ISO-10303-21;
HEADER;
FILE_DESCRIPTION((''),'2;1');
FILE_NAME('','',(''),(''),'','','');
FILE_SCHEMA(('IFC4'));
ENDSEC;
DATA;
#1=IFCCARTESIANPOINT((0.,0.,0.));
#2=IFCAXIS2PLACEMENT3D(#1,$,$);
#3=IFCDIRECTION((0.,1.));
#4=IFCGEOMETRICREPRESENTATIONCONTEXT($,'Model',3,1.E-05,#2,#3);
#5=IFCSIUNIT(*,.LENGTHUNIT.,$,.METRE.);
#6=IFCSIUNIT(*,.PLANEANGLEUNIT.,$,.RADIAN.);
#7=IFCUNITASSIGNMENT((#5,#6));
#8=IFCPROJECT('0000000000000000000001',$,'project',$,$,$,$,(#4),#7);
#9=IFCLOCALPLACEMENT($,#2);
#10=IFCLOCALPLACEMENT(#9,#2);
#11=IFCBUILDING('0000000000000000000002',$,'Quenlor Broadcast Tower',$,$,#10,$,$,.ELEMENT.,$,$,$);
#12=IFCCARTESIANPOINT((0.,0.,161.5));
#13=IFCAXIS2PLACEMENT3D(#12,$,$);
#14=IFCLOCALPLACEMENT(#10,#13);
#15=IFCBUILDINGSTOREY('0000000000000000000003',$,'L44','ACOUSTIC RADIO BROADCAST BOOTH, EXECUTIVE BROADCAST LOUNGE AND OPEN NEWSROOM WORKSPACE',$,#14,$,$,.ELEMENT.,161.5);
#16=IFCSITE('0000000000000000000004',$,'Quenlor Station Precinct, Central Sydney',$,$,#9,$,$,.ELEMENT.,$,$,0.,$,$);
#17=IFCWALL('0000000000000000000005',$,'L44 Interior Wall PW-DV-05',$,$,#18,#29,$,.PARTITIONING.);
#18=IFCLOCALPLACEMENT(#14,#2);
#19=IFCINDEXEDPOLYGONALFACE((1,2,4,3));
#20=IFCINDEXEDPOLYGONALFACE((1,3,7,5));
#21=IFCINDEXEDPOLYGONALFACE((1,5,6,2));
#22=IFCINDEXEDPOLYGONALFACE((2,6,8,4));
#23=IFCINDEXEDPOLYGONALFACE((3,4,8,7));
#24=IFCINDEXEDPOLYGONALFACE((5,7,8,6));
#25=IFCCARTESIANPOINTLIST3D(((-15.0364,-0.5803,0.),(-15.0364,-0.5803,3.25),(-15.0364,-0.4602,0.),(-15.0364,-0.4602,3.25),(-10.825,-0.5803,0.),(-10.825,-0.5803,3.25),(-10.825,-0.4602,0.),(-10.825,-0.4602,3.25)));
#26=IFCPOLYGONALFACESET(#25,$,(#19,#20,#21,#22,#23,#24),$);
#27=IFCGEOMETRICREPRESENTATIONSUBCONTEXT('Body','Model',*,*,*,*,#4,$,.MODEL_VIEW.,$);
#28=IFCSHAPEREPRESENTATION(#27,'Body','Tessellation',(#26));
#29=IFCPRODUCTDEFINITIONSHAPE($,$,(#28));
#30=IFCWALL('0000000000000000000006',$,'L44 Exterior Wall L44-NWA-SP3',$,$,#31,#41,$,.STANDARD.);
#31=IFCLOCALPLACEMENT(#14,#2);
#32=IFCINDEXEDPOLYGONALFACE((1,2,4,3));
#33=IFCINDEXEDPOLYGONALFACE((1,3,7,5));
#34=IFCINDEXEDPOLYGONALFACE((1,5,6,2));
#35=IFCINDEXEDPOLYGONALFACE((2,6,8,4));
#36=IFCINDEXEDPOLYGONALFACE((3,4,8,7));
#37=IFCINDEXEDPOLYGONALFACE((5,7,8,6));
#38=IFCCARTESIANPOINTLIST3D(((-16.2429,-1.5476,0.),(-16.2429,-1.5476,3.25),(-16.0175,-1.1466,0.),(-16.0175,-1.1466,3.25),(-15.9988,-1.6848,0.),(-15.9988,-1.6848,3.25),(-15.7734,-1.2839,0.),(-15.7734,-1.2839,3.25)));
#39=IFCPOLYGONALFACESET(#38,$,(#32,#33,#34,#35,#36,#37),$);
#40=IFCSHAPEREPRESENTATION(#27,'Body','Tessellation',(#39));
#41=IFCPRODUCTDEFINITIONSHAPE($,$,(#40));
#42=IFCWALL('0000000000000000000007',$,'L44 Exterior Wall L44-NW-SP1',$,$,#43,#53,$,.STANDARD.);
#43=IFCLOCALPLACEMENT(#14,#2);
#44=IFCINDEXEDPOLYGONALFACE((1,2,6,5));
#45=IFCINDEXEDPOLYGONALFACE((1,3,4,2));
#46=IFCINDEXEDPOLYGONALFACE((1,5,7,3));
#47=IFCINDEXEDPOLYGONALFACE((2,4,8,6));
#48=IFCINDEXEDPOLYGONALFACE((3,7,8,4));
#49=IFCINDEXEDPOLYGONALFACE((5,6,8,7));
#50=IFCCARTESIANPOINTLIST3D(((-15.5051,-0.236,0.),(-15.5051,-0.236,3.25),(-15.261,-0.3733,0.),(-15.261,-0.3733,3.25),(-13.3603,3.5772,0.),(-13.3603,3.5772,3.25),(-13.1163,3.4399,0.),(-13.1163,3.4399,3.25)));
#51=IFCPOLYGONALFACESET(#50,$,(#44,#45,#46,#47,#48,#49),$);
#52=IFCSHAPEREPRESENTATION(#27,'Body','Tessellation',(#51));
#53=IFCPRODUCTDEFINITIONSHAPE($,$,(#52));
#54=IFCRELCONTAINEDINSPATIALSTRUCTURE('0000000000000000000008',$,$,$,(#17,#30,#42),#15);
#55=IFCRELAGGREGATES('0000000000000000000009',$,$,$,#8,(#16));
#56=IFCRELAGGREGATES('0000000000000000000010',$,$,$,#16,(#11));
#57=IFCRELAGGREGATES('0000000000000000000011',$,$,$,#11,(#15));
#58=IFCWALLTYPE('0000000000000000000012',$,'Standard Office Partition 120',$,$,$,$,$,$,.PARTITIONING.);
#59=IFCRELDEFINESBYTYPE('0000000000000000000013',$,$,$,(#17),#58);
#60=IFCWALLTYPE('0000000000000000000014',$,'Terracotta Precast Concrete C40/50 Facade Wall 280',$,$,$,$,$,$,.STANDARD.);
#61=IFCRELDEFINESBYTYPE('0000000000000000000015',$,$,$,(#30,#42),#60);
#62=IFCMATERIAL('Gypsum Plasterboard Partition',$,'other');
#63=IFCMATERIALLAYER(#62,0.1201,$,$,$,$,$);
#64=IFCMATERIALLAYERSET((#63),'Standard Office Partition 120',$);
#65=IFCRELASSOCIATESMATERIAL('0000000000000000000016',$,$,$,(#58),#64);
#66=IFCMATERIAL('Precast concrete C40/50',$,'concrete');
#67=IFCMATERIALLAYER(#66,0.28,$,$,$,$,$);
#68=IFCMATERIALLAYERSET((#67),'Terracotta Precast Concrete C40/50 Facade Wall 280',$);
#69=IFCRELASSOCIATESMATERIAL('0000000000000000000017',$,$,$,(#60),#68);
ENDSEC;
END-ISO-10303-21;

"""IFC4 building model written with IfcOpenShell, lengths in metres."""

from ifc_helpers import new_model, si_unit, direction, frame, frame_2d, origin, place, context, subcontext, project, spatial, rectangle, extrude, material, layer, layer_set, type_object, element, save


model = new_model("IFC4")

# Units and contexts
model_context = context("Model", 3, precision=1e-05, world=origin(), true_north=direction((0.0, 1.0)))
body_context = subcontext(model_context, "Body", "Model", "MODEL_VIEW")
ifc_project = project(units=[si_unit("LENGTHUNIT", "METRE"), si_unit("PLANEANGLEUNIT", "RADIAN")], contexts=[model_context])

# Site, building, storey
site_placement = place(None, origin())
site = spatial("IfcSite", under=ifc_project, at=site_placement, Name="Quenlor Station Precinct, Central Sydney", CompositionType="ELEMENT", RefElevation=0.0)
building_placement = place(site_placement, origin())
building = spatial("IfcBuilding", under=site, at=building_placement, Name="Quenlor Broadcast Tower", CompositionType="ELEMENT")
storey_placement = place(building_placement, frame((0.0, 0.0, 161.5)))
storey = spatial("IfcBuildingStorey", under=building, at=storey_placement, Name="L44", Description="ACOUSTIC RADIO BROADCAST BOOTH, EXECUTIVE BROADCAST LOUNGE AND OPEN NEWSROOM WORKSPACE", CompositionType="ELEMENT", Elevation=161.5)

# Shared definitions
ifc_material_1 = material(Name="Gypsum Plasterboard Partition", Category="other")
ifc_layer_1 = layer(ifc_material_1, 0.1201)
ifc_layer_set_1 = layer_set([ifc_layer_1], Name="Standard Office Partition 120")
wall_type_1 = type_object("IfcWallType", Name="Standard Office Partition 120", PredefinedType="PARTITIONING", material=ifc_layer_set_1)

# Walls
wall_1_placement = place(storey_placement, frame((-10.825, -0.5203, 0.0), z_axis=(0.0, 0.0, 1.0), x_axis=(-1.0, 0.0, 0.0)))
element("IfcWall", 1, at=wall_1_placement, inside=storey, type_object=wall_type_1, Name="L44 Interior Wall PW-DV-05", PredefinedType="PARTITIONING", context=body_context, shape_type="SweptSolid", body=[
    extrude(rectangle(XDim=4.2114, YDim=0.1201, at=frame_2d((2.1057, 0.0))), origin(), (0.0, 0.0, 1.0), 3.25),
])
ifc_material_2 = material(Name="Precast concrete C40/50", Category="concrete")
ifc_layer_2 = layer(ifc_material_2, 0.28)
ifc_layer_set_2 = layer_set([ifc_layer_2], Name="Terracotta Precast Concrete C40/50 Facade Wall 280")
wall_type_2 = type_object("IfcWallType", Name="Terracotta Precast Concrete C40/50 Facade Wall 280", PredefinedType="STANDARD", material=ifc_layer_set_2)
wall_2_placement = place(storey_placement, frame((-16.1208, -1.6162, 0.0), z_axis=(0.0, 0.0, 1.0), x_axis=(0.490009, 0.871717, 0.0)))
element("IfcWall", 2, at=wall_2_placement, inside=storey, type_object=wall_type_2, Name="L44 Exterior Wall L44-NWA-SP3", PredefinedType="STANDARD", context=body_context, shape_type="SweptSolid", body=[
    extrude(rectangle(XDim=0.46, YDim=0.28, at=frame_2d((0.23, 0.0))), origin(), (0.0, 0.0, 1.0), 3.25),
])
wall_3_placement = place(storey_placement, frame((-15.3831, -0.3047, 0.0), z_axis=(0.0, 0.0, 1.0), x_axis=(0.490232, 0.871592, 0.0)))
element("IfcWall", 3, at=wall_3_placement, inside=storey, type_object=wall_type_2, Name="L44 Exterior Wall L44-NW-SP1", PredefinedType="STANDARD", context=body_context, shape_type="SweptSolid", body=[
    extrude(rectangle(XDim=4.375, YDim=0.28, at=frame_2d((2.1875, 0.0))), origin(), (0.0, 0.0, 1.0), 3.25),
])

save(model, "model.ifc")
